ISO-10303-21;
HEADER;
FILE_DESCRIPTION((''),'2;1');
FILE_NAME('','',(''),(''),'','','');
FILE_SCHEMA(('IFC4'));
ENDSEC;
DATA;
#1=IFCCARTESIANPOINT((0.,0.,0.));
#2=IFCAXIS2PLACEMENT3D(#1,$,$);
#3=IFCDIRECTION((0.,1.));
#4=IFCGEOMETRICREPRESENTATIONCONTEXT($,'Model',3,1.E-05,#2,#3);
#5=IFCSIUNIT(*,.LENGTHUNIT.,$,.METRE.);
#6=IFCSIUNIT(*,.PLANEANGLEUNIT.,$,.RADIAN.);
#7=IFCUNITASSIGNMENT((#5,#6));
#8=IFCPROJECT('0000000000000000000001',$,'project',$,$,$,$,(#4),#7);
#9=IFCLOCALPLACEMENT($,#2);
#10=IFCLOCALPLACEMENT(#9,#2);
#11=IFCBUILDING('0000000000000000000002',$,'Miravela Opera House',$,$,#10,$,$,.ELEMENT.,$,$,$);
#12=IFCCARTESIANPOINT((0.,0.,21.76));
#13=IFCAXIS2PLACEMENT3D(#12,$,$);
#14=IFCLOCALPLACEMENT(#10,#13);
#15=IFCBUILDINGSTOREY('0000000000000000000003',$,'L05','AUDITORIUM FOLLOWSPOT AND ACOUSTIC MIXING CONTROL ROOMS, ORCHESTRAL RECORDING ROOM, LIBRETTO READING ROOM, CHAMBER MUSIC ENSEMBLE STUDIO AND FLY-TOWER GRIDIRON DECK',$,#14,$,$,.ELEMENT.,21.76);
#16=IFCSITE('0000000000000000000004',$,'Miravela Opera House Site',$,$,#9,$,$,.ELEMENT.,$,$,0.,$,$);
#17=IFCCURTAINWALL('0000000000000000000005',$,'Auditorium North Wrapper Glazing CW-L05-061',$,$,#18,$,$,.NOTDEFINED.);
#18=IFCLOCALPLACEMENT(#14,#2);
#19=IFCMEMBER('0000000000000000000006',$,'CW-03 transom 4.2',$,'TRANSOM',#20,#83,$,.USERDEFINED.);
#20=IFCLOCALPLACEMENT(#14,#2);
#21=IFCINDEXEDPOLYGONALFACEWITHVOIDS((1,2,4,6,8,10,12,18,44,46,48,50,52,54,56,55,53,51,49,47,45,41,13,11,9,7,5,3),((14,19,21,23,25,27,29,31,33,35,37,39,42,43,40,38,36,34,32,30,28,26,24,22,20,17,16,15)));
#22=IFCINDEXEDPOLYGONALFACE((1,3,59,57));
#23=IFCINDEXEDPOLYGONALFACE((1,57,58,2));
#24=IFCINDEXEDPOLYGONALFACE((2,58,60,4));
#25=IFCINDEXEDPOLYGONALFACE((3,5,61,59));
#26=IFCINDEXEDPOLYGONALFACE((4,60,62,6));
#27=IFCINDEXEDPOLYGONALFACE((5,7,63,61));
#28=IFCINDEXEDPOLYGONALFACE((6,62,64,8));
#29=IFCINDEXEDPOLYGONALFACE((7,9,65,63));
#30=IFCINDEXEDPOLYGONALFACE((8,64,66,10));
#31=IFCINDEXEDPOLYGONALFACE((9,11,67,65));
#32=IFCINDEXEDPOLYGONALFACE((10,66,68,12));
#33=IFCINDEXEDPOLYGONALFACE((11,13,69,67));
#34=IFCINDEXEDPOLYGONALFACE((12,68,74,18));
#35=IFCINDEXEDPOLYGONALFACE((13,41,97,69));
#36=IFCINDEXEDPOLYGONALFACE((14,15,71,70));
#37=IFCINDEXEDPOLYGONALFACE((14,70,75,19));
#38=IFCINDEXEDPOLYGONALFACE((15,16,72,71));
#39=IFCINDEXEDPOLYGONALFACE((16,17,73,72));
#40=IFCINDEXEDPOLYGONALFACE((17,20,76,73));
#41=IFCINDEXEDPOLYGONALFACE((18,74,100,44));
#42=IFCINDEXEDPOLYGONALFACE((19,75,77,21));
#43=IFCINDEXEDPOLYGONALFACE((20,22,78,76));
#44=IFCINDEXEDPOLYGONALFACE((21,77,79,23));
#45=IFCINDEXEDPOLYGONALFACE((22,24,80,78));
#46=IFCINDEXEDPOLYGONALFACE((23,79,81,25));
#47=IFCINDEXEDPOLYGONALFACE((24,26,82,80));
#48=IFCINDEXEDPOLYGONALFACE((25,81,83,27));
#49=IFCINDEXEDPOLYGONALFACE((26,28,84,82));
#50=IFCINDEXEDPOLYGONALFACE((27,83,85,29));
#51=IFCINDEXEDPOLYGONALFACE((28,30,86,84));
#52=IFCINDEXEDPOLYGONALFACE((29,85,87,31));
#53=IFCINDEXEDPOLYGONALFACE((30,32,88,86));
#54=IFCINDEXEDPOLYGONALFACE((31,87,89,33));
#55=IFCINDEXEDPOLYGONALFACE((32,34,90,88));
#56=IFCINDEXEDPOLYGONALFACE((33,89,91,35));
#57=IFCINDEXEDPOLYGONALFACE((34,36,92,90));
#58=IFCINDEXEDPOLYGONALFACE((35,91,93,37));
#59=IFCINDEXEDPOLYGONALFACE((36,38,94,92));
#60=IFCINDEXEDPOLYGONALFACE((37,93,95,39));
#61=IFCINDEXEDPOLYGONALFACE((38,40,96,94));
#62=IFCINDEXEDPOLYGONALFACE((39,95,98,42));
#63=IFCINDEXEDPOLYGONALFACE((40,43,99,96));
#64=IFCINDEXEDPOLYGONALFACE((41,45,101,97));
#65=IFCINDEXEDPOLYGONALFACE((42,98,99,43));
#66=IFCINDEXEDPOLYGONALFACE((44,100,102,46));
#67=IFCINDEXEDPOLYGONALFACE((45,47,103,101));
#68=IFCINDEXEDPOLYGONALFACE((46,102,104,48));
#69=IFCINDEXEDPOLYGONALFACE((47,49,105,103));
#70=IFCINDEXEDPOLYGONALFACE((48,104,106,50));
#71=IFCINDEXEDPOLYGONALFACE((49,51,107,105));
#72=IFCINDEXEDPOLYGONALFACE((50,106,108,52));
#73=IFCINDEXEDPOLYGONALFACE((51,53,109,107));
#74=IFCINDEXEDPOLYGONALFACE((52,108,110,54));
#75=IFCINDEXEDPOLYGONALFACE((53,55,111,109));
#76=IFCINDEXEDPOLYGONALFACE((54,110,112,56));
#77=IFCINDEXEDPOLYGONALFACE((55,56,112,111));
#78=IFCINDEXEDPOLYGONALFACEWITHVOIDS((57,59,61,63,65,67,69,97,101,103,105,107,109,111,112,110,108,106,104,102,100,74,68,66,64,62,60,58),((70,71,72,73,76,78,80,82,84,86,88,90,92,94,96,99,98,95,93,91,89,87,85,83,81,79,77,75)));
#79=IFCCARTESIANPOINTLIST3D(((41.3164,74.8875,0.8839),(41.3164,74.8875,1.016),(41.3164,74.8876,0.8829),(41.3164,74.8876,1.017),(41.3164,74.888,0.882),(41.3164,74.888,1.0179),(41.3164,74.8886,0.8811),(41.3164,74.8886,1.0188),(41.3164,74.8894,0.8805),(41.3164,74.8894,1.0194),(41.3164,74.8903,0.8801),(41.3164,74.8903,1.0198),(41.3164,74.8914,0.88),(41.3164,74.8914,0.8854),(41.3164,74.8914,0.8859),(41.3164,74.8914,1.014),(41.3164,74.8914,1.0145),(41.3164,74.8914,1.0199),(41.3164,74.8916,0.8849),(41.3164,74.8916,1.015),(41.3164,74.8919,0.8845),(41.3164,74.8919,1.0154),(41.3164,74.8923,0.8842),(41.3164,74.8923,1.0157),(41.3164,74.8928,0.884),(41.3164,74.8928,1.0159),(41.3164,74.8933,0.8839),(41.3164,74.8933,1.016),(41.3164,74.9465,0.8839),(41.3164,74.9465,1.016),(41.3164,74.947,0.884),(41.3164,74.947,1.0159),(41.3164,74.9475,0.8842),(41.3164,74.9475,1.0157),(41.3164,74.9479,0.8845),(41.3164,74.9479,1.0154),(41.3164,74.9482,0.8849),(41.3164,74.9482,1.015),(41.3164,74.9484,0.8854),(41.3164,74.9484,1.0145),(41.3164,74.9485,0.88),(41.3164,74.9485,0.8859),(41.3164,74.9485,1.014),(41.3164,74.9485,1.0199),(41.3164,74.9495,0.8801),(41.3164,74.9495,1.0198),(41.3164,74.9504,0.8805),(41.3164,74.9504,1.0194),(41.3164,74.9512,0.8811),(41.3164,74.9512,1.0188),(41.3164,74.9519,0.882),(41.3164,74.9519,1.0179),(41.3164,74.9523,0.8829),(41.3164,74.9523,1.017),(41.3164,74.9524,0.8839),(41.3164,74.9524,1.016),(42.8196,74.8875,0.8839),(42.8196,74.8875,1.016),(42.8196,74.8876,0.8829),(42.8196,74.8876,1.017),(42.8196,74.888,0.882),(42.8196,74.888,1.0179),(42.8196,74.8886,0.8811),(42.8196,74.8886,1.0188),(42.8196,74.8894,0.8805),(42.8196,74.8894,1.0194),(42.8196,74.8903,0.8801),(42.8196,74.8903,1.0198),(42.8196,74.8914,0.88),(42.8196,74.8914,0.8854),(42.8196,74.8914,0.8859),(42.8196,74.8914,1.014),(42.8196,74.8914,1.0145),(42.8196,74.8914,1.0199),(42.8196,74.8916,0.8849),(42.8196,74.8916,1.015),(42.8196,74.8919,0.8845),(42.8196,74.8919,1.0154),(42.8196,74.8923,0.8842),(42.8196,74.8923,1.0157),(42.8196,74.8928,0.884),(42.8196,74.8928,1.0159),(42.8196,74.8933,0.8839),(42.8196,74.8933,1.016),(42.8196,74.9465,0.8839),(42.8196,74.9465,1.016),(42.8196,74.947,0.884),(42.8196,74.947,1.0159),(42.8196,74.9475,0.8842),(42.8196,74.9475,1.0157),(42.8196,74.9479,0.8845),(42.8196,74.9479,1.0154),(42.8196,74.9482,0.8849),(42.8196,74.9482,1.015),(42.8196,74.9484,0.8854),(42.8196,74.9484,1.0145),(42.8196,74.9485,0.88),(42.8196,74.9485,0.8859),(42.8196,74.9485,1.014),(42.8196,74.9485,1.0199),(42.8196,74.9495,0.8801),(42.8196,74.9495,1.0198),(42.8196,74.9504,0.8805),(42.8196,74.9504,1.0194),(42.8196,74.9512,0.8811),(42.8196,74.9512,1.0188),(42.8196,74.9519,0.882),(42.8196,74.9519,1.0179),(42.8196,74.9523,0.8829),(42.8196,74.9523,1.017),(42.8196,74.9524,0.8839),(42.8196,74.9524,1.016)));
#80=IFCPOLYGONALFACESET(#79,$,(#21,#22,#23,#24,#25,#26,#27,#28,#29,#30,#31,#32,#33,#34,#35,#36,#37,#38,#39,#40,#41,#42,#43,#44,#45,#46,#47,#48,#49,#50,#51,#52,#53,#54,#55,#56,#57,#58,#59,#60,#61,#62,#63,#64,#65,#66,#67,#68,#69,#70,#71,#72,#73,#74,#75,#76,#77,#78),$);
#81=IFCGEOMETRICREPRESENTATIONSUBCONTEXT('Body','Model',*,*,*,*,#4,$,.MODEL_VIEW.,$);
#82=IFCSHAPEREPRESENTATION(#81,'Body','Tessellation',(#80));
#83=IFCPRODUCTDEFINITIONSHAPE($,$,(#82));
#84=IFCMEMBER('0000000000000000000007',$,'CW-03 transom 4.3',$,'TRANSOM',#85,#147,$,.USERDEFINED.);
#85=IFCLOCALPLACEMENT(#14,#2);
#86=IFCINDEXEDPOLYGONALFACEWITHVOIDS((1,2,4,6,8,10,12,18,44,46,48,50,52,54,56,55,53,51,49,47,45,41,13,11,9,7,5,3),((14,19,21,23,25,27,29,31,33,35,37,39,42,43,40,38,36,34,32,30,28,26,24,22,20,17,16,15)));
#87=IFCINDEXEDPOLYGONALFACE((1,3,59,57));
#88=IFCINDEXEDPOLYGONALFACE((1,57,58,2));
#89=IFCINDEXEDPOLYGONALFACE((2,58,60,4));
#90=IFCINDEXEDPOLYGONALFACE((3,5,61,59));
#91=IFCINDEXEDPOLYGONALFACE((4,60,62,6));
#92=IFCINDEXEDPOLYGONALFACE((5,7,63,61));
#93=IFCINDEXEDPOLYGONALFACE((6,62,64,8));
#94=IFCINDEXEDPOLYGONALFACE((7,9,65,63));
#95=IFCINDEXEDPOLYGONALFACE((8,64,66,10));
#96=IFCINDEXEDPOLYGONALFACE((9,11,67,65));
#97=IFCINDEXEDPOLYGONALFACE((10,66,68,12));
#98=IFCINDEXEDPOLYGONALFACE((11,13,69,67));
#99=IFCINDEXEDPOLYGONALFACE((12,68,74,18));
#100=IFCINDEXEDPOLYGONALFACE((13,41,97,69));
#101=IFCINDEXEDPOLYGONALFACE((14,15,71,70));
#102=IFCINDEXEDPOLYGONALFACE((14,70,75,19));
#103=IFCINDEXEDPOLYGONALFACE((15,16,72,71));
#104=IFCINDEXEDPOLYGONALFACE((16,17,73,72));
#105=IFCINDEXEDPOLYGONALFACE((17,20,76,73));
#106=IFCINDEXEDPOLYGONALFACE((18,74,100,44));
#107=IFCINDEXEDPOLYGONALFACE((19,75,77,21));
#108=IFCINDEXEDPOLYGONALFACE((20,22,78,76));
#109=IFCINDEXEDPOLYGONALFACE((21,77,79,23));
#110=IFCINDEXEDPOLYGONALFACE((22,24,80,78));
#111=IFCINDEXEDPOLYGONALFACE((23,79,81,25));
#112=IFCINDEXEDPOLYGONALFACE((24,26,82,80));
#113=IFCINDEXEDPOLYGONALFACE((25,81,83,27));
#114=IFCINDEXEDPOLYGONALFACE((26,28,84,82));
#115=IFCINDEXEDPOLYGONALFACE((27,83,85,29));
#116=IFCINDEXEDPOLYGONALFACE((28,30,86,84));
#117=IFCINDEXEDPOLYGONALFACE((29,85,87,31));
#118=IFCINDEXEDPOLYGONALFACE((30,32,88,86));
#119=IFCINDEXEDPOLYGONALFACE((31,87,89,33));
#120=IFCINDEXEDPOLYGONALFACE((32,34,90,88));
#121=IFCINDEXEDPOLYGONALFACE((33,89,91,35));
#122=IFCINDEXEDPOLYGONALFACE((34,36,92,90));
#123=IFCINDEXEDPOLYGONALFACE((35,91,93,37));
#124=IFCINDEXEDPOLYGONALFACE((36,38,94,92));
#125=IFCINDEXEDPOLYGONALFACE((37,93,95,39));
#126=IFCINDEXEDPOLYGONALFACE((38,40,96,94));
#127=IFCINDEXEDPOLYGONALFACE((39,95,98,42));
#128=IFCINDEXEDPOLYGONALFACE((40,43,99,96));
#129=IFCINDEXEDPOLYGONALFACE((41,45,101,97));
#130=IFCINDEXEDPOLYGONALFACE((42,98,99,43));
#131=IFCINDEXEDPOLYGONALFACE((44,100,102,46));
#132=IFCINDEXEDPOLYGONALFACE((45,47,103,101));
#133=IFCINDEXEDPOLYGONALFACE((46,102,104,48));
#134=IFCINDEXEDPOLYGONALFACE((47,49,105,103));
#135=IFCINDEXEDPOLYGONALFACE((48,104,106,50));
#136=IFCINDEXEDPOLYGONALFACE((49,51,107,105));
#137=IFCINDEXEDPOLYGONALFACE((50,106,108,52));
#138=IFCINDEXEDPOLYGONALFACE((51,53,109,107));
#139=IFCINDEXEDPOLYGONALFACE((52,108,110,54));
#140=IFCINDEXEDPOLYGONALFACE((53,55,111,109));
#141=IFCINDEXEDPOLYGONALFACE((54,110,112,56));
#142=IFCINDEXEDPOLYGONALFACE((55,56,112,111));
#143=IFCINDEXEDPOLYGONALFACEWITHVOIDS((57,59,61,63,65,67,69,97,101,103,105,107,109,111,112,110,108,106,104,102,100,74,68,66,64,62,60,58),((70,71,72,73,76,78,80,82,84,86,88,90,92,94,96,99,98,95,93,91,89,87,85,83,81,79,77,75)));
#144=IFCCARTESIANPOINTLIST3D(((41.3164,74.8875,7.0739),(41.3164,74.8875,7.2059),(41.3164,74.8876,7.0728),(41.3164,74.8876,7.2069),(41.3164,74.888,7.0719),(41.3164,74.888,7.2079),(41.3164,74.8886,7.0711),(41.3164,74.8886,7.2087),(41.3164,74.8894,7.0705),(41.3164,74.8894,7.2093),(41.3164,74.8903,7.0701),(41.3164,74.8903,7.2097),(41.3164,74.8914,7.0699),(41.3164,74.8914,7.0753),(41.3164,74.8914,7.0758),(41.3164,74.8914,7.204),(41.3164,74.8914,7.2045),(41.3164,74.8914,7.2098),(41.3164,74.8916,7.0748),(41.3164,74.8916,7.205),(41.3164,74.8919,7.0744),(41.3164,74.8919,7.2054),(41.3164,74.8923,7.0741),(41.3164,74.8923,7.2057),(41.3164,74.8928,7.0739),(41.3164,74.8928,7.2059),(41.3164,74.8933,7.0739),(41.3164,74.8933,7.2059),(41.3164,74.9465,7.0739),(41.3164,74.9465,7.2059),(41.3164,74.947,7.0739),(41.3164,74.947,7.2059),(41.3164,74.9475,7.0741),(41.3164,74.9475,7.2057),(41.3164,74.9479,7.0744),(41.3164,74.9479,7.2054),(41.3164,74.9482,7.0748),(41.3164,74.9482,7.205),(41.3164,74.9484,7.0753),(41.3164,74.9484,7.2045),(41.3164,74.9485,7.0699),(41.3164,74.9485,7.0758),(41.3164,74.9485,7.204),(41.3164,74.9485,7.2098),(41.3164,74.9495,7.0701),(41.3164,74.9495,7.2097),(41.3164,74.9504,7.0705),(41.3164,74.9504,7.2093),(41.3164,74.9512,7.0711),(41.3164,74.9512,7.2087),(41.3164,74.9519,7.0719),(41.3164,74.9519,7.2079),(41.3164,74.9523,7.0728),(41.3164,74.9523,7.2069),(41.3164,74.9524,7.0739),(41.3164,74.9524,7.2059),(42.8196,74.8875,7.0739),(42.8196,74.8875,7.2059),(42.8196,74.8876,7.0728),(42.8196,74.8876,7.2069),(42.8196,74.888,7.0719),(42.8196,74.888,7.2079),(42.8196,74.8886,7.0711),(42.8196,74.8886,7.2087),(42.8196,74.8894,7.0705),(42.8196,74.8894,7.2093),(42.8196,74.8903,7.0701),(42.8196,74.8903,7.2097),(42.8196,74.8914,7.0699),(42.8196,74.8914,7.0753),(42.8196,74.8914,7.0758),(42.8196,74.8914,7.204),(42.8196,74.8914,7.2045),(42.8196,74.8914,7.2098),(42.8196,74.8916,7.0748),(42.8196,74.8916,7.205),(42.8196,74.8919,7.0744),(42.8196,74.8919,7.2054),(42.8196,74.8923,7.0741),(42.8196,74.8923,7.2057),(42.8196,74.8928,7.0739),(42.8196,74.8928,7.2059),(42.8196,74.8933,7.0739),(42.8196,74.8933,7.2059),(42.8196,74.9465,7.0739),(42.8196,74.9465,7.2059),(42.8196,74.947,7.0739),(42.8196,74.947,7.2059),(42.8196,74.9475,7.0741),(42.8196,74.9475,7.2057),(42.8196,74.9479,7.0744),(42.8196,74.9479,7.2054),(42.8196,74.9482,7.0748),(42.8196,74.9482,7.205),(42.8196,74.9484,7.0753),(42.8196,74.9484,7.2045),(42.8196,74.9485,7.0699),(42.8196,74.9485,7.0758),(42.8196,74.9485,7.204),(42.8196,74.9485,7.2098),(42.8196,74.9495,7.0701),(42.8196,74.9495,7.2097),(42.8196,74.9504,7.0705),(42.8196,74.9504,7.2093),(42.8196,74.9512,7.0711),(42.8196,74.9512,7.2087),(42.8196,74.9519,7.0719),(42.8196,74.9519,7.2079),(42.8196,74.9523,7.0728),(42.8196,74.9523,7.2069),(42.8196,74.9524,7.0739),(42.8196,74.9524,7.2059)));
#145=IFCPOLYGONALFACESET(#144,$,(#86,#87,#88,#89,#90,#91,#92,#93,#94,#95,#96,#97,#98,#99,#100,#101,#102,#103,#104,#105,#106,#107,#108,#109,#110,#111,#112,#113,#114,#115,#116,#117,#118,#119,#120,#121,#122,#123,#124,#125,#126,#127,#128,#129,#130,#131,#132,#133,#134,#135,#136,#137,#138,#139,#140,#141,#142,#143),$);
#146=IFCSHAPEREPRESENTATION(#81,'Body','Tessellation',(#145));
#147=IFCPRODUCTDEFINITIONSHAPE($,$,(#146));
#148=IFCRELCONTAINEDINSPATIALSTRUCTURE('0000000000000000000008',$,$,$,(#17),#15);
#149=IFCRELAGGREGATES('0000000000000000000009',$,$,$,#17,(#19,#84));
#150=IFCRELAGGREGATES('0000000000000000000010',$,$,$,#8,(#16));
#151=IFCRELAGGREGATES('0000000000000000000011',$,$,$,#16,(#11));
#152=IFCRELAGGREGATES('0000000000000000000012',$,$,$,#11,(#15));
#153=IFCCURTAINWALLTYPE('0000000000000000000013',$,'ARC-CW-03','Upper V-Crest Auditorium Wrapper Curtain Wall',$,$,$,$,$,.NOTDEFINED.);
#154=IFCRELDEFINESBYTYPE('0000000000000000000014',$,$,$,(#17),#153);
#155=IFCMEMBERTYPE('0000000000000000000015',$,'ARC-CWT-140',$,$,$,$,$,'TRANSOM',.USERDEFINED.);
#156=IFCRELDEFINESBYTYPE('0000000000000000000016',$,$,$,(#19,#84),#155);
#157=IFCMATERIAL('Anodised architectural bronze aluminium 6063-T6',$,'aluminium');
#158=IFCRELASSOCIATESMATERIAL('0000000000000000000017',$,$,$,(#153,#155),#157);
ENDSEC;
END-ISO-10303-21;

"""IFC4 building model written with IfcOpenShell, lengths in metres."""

from ifc_helpers import new_model, si_unit, direction, frame, origin, origin_2d, place, context, subcontext, project, spatial, hollow_rectangle, extrude, material, material_profile, profile_set, type_object, element, aggregate, save


model = new_model("IFC4")

# Units and contexts
model_context = context("Model", 3, precision=1e-05, world=origin(), true_north=direction((0.0, 1.0)))
body_context = subcontext(model_context, "Body", "Model", "MODEL_VIEW")
ifc_project = project(units=[si_unit("LENGTHUNIT", "METRE"), si_unit("PLANEANGLEUNIT", "RADIAN")], contexts=[model_context])

# Site, building, storey
site_placement = place(None, origin())
site = spatial("IfcSite", under=ifc_project, at=site_placement, Name="Miravela Opera House Site", CompositionType="ELEMENT", RefElevation=0.0)
building_placement = place(site_placement, origin())
building = spatial("IfcBuilding", under=site, at=building_placement, Name="Miravela Opera House", CompositionType="ELEMENT")
storey_placement = place(building_placement, frame((0.0, 0.0, 21.76)))
storey = spatial("IfcBuildingStorey", under=building, at=storey_placement, Name="L05", Description="AUDITORIUM FOLLOWSPOT AND ACOUSTIC MIXING CONTROL ROOMS, ORCHESTRAL RECORDING ROOM, LIBRETTO READING ROOM, CHAMBER MUSIC ENSEMBLE STUDIO AND FLY-TOWER GRIDIRON DECK", CompositionType="ELEMENT", Elevation=21.76)

# Curtain wall, members
ifc_material_1 = material(Name="Anodised architectural bronze aluminium 6063-T6", Category="aluminium")
curtain_wall_type = type_object("IfcCurtainWallType", Name="ARC-CW-03", Description="Upper V-Crest Auditorium Wrapper Curtain Wall", PredefinedType="NOTDEFINED", material=ifc_material_1)
curtain_wall_placement = place(storey_placement, origin())
curtain_wall = element("IfcCurtainWall", 1, at=curtain_wall_placement, inside=storey, type_object=curtain_wall_type, Name="Auditorium North Wrapper Glazing CW-L05-061", PredefinedType="NOTDEFINED")
ifc_material_profile = material_profile(ifc_material_1, hollow_rectangle(XDim=0.0649, YDim=0.1399, WallThickness=0.0039, InnerFilletRadius=0.002, OuterFilletRadius=0.0039, at=origin_2d()), Name="CWT-65X140")
ifc_profile_set = profile_set([ifc_material_profile])
member_type = type_object("IfcMemberType", Name="ARC-CWT-140", ElementType="TRANSOM", PredefinedType="USERDEFINED", material=ifc_profile_set)
member_1_placement = place(storey_placement, frame((41.3164, 74.9199, 0.95), z_axis=(1.0, 0.0, 0.0), x_axis=(0.0, 1.0, 0.0)))
member_1 = element("IfcMember", 2, at=member_1_placement, type_object=member_type, Name="CW-03 transom 4.2", ObjectType="TRANSOM", PredefinedType="USERDEFINED", context=body_context, shape_type="SweptSolid", body=[
    extrude(hollow_rectangle(XDim=0.0649, YDim=0.1399, WallThickness=0.0039, InnerFilletRadius=0.002, OuterFilletRadius=0.0039, at=origin_2d()), origin(), (0.0, 0.0, 1.0), 1.5032),
])
member_2_placement = place(storey_placement, frame((41.3164, 74.9199, 7.1399), z_axis=(1.0, 0.0, 0.0), x_axis=(0.0, 1.0, 0.0)))
member_2 = element("IfcMember", 3, at=member_2_placement, type_object=member_type, Name="CW-03 transom 4.3", ObjectType="TRANSOM", PredefinedType="USERDEFINED", context=body_context, shape_type="SweptSolid", body=[
    extrude(hollow_rectangle(XDim=0.0649, YDim=0.1399, WallThickness=0.0039, InnerFilletRadius=0.002, OuterFilletRadius=0.0039, at=origin_2d()), origin(), (0.0, 0.0, 1.0), 1.5032),
])
aggregate(curtain_wall, [member_1, member_2])

save(model, "model.ifc")
